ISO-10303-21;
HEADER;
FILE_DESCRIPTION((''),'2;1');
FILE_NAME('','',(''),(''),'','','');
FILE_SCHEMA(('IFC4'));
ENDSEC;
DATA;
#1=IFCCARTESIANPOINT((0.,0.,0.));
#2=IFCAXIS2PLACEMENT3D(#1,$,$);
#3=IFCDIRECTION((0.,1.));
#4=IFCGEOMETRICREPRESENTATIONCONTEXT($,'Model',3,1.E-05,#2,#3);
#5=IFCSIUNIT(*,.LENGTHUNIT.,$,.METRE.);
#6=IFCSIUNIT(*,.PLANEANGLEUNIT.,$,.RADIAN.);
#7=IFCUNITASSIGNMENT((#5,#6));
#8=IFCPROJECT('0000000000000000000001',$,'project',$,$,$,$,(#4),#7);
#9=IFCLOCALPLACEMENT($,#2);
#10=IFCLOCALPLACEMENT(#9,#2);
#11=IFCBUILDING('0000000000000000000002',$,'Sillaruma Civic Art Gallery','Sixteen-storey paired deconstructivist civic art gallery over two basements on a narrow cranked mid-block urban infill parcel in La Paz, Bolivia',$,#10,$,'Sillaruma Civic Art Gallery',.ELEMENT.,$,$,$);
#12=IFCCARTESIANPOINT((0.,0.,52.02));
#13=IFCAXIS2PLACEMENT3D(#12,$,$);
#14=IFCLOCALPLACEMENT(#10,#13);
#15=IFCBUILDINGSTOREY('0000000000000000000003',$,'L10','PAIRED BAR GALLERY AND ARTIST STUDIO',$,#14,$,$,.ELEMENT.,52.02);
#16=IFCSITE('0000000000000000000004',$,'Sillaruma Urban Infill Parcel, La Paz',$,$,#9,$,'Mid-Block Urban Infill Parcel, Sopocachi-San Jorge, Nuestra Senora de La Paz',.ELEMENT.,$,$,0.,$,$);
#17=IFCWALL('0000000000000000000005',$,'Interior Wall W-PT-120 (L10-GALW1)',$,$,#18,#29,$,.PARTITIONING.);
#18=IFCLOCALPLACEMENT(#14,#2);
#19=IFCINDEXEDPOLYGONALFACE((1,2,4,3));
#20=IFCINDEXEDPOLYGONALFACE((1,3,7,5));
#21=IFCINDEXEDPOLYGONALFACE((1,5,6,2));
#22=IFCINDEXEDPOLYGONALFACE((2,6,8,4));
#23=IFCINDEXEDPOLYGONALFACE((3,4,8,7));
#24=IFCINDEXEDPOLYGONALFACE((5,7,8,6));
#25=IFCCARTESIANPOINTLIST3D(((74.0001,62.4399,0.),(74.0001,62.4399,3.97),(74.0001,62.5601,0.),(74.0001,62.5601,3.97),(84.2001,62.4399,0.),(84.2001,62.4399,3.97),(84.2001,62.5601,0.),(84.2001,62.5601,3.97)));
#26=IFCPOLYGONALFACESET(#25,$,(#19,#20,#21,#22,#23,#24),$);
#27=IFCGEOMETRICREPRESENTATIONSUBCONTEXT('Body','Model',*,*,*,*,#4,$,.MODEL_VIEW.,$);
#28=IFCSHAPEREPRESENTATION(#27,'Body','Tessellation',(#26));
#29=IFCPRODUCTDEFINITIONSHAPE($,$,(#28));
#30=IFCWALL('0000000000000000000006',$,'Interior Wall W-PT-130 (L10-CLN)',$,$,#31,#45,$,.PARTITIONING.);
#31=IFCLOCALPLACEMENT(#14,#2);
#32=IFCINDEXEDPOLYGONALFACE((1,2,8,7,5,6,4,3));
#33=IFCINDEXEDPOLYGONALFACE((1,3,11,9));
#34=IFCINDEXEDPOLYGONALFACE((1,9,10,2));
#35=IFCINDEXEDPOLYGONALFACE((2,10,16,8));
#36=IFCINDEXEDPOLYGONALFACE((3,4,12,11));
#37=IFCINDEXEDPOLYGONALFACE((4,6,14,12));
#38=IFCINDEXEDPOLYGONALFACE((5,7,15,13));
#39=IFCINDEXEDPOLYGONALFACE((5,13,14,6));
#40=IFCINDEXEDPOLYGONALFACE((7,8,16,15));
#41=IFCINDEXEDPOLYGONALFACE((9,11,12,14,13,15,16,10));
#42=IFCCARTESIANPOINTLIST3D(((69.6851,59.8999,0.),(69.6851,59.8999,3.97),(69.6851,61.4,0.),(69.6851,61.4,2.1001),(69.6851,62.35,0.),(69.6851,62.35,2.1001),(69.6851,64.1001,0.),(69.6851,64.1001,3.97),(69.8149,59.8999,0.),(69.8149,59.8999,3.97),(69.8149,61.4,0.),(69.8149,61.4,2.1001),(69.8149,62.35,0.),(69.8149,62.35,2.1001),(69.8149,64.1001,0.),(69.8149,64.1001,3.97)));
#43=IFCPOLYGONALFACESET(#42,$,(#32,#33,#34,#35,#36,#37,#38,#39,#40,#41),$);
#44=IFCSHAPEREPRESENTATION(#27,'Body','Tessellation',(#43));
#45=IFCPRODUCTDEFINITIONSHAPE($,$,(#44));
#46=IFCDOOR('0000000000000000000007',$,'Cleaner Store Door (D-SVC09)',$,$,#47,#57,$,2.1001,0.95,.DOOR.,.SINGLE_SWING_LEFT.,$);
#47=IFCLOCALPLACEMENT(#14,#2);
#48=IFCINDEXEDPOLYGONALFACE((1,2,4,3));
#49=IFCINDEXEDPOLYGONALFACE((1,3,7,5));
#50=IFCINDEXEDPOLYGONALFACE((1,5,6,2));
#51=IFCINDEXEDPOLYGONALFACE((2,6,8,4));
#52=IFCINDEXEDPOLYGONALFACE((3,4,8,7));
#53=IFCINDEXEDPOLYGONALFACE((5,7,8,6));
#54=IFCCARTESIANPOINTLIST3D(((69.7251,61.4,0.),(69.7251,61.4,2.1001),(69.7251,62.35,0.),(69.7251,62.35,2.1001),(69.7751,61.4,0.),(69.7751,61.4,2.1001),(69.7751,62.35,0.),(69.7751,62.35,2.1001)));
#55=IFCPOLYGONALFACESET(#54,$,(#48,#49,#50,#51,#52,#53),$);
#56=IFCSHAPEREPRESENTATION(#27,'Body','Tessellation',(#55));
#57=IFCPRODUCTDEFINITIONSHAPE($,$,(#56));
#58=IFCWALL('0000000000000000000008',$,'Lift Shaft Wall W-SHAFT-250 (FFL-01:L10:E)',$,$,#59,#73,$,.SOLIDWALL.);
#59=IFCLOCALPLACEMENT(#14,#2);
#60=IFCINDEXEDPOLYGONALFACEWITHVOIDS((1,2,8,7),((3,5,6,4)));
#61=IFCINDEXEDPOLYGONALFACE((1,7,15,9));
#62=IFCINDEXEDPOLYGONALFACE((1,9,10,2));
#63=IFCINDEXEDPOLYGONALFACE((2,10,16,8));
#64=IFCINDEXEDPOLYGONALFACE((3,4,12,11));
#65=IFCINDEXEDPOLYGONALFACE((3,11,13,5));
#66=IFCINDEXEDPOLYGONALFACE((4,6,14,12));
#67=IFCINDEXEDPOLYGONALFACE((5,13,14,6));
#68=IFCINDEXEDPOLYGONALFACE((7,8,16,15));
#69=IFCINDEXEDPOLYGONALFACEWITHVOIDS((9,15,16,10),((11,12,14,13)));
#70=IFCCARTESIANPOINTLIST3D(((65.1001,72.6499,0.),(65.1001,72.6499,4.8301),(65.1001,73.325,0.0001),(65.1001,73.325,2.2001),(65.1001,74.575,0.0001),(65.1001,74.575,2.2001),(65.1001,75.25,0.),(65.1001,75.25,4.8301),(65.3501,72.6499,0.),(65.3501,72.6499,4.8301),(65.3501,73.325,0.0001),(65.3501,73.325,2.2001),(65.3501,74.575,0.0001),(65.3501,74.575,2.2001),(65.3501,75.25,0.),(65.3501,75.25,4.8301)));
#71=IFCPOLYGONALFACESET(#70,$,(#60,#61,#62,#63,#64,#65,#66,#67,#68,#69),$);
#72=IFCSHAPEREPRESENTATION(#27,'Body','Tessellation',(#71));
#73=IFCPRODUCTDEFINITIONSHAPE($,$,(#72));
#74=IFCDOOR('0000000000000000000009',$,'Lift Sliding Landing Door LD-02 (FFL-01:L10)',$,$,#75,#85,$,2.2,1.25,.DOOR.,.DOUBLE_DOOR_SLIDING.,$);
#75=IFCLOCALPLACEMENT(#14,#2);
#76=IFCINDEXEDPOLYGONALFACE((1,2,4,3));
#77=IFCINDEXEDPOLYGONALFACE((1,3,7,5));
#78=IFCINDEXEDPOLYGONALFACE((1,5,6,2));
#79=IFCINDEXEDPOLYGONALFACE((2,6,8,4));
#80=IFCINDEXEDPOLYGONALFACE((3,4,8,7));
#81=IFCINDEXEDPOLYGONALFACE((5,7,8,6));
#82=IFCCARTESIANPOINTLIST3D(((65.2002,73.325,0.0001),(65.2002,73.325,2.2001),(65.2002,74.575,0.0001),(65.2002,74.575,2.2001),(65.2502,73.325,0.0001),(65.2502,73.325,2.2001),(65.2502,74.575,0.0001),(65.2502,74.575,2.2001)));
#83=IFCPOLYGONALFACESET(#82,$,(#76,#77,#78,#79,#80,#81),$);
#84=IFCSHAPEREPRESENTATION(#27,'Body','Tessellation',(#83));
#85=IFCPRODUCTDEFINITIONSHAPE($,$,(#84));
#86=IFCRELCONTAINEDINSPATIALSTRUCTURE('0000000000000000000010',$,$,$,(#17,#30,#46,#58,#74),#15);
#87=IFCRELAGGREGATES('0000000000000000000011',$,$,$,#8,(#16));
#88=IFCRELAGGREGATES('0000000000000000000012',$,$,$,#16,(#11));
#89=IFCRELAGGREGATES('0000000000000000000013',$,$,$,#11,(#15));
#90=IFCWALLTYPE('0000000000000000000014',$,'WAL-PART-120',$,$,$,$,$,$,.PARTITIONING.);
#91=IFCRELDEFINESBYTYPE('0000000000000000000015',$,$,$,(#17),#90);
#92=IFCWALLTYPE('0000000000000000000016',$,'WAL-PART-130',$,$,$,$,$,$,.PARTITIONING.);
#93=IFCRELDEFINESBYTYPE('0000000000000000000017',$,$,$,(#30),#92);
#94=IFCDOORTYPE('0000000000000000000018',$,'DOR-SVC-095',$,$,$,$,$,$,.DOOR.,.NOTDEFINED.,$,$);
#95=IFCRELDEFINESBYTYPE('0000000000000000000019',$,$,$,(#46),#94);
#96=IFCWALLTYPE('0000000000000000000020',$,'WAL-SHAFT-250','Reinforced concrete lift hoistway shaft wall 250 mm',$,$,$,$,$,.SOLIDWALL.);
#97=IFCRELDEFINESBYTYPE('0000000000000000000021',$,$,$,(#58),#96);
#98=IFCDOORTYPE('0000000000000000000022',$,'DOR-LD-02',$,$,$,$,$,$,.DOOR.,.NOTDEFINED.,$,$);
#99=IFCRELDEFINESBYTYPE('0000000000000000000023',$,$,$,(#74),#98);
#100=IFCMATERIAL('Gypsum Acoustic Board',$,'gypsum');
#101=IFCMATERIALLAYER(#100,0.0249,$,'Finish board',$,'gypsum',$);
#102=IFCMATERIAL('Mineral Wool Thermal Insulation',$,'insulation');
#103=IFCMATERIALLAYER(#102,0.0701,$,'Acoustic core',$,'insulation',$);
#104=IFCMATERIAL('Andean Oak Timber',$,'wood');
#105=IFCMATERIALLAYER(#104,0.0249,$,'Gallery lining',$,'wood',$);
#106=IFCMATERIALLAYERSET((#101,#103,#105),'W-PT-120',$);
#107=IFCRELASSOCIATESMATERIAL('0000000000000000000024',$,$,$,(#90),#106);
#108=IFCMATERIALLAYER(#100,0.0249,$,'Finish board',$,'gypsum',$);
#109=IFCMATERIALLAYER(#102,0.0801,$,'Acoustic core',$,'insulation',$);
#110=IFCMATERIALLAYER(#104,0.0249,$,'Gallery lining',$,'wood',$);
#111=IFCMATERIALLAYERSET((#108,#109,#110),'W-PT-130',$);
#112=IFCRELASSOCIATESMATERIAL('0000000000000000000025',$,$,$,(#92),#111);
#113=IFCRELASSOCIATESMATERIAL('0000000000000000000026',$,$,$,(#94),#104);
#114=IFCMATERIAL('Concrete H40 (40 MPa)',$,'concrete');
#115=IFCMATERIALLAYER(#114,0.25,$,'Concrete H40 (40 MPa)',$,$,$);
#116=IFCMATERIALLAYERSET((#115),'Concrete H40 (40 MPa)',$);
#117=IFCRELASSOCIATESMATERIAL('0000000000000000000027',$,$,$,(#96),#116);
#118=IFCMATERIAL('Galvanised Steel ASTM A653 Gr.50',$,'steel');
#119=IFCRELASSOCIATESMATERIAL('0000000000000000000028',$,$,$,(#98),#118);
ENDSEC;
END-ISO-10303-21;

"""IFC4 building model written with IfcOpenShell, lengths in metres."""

from ifc_helpers import new_model, si_unit, direction, frame, frame_2d, origin, place, context, subcontext, project, spatial, rectangle, extrude, material, layer, layer_set, type_object, element, fill, save


model = new_model("IFC4")

# Units and contexts
model_context = context("Model", 3, precision=1e-05, world=origin(), true_north=direction((0.0, 1.0)))
body_context = subcontext(model_context, "Body", "Model", "MODEL_VIEW")
ifc_project = project(units=[si_unit("LENGTHUNIT", "METRE"), si_unit("PLANEANGLEUNIT", "RADIAN")], contexts=[model_context])

# Site, building, storey
site_placement = place(None, origin())
site = spatial("IfcSite", under=ifc_project, at=site_placement, Name="Sillaruma Urban Infill Parcel, La Paz", LongName="Mid-Block Urban Infill Parcel, Sopocachi-San Jorge, Nuestra Senora de La Paz", CompositionType="ELEMENT", RefElevation=0.0)
building_placement = place(site_placement, origin())
building = spatial("IfcBuilding", under=site, at=building_placement, Name="Sillaruma Civic Art Gallery", Description="Sixteen-storey paired deconstructivist civic art gallery over two basements on a narrow cranked mid-block urban infill parcel in La Paz, Bolivia", LongName="Sillaruma Civic Art Gallery", CompositionType="ELEMENT")
storey_placement = place(building_placement, frame((0.0, 0.0, 52.02)))
storey = spatial("IfcBuildingStorey", under=building, at=storey_placement, Name="L10", Description="PAIRED BAR GALLERY AND ARTIST STUDIO", CompositionType="ELEMENT", Elevation=52.02)

# Shared definitions
ifc_material_1 = material(Name="Concrete H40 (40 MPa)", Category="concrete")

# Shared definitions
ifc_material_2 = material(Name="Galvanised Steel ASTM A653 Gr.50", Category="steel")

# Wall
ifc_material_3 = material(Name="Gypsum Acoustic Board", Category="gypsum")
ifc_layer_1 = layer(ifc_material_3, 0.0249, Name="Finish board", Category="gypsum")
ifc_material_4 = material(Name="Mineral Wool Thermal Insulation", Category="insulation")
ifc_layer_2 = layer(ifc_material_4, 0.0701, Name="Acoustic core", Category="insulation")
ifc_material_5 = material(Name="Andean Oak Timber", Category="wood")
ifc_layer_3 = layer(ifc_material_5, 0.0249, Name="Gallery lining", Category="wood")
ifc_layer_set_1 = layer_set([ifc_layer_1, ifc_layer_2, ifc_layer_3], Name="W-PT-120")
wall_type_1 = type_object("IfcWallType", Name="WAL-PART-120", PredefinedType="PARTITIONING", material=ifc_layer_set_1)
wall_1_placement = place(storey_placement, frame((74.0, 62.5, 0.0), z_axis=(0.0, 0.0, 1.0), x_axis=(1.0, 0.0, 0.0)))
element("IfcWall", 1, at=wall_1_placement, inside=storey, type_object=wall_type_1, Name="Interior Wall W-PT-120 (L10-GALW1)", PredefinedType="PARTITIONING", context=body_context, shape_type="SweptSolid", body=[
    extrude(rectangle(XDim=10.2, YDim=0.1201, at=frame_2d((5.1001, 0.0))), origin(), (0.0, 0.0, 1.0), 3.97),
])

# Walls, openings, doors
ifc_layer_4 = layer(ifc_material_3, 0.0249, Name="Finish board", Category="gypsum")
ifc_layer_5 = layer(ifc_material_4, 0.0801, Name="Acoustic core", Category="insulation")
ifc_layer_6 = layer(ifc_material_5, 0.0249, Name="Gallery lining", Category="wood")
ifc_layer_set_2 = layer_set([ifc_layer_4, ifc_layer_5, ifc_layer_6], Name="W-PT-130")
wall_type_2 = type_object("IfcWallType", Name="WAL-PART-130", PredefinedType="PARTITIONING", material=ifc_layer_set_2)
wall_2_placement = place(storey_placement, frame((69.75, 59.8999, 0.0), z_axis=(0.0, 0.0, 1.0), x_axis=(0.0, 1.0, 0.0)))
wall_2 = element("IfcWall", 2, at=wall_2_placement, inside=storey, type_object=wall_type_2, Name="Interior Wall W-PT-130 (L10-CLN)", PredefinedType="PARTITIONING", context=body_context, shape_type="SweptSolid", body=[
    extrude(rectangle(XDim=4.2002, YDim=0.1299, at=frame_2d((2.1001, 0.0))), origin(), (0.0, 0.0, 1.0), 3.97),
])
opening_1_placement = place(wall_2_placement, frame((1.5, 0.0, 0.0)))
opening_1 = element("IfcOpeningElement", 3, at=opening_1_placement, cuts=wall_2, PredefinedType="OPENING", context=body_context, shape_type="SweptSolid", body=[
    extrude(rectangle(XDim=0.95, YDim=2.1001, at=frame_2d((0.4751, 1.05))), frame((0.0, 0.075, 0.0), z_axis=(0.0, -1.0, 0.0), x_axis=(1.0, 0.0, 0.0)), (0.0, 0.0, 1.0), 0.1499),
])
door_type_1 = type_object("IfcDoorType", Name="DOR-SVC-095", OperationType="NOTDEFINED", PredefinedType="DOOR", material=ifc_material_5)
door_1_placement = place(opening_1_placement, origin())
door_1 = element("IfcDoor", 4, at=door_1_placement, inside=storey, type_object=door_type_1, Name="Cleaner Store Door (D-SVC09)", OperationType="SINGLE_SWING_LEFT", OverallHeight=2.1001, OverallWidth=0.95, PredefinedType="DOOR", context=body_context, shape_type="SweptSolid", body=[
    extrude(rectangle(XDim=0.95, YDim=2.1001, at=frame_2d((0.4751, 1.05))), frame((0.0, 0.0249, 0.0), z_axis=(0.0, -1.0, 0.0), x_axis=(1.0, 0.0, 0.0)), (0.0, 0.0, 1.0), 0.05),
])
fill(opening_1, door_1)
ifc_layer_7 = layer(ifc_material_1, 0.25, Name="Concrete H40 (40 MPa)")
ifc_layer_set_3 = layer_set([ifc_layer_7], Name="Concrete H40 (40 MPa)")
wall_type_3 = type_object("IfcWallType", Name="WAL-SHAFT-250", Description="Reinforced concrete lift hoistway shaft wall 250 mm", PredefinedType="SOLIDWALL", material=ifc_layer_set_3)
wall_3_placement = place(storey_placement, frame((65.2251, 72.6499, 0.0), z_axis=(0.0, 0.0, 1.0), x_axis=(0.0, 1.0, 0.0)))
wall_3 = element("IfcWall", 5, at=wall_3_placement, inside=storey, type_object=wall_type_3, Name="Lift Shaft Wall W-SHAFT-250 (FFL-01:L10:E)", PredefinedType="SOLIDWALL", context=body_context, shape_type="SweptSolid", body=[
    extrude(rectangle(XDim=2.6001, YDim=0.25, at=frame_2d((1.3, 0.0))), origin(), (0.0, 0.0, 1.0), 4.8301),
])
opening_2_placement = place(wall_3_placement, frame((0.675, 0.0, 0.0)))
opening_2 = element("IfcOpeningElement", 6, at=opening_2_placement, cuts=wall_3, PredefinedType="OPENING", context=body_context, shape_type="SweptSolid", body=[
    extrude(rectangle(XDim=1.25, YDim=2.2, at=frame_2d((0.625, 1.1001))), frame((0.0, 0.135, 0.0), z_axis=(0.0, -1.0, 0.0), x_axis=(1.0, 0.0, 0.0)), (0.0, 0.0, 1.0), 0.27),
])
door_type_2 = type_object("IfcDoorType", Name="DOR-LD-02", OperationType="NOTDEFINED", PredefinedType="DOOR", material=ifc_material_2)
door_2_placement = place(opening_2_placement, origin())
door_2 = element("IfcDoor", 7, at=door_2_placement, inside=storey, type_object=door_type_2, Name="Lift Sliding Landing Door LD-02 (FFL-01:L10)", OperationType="DOUBLE_DOOR_SLIDING", OverallHeight=2.2, OverallWidth=1.25, PredefinedType="DOOR", context=body_context, shape_type="SweptSolid", body=[
    extrude(rectangle(XDim=1.25, YDim=2.2, at=frame_2d((0.625, 1.1001))), frame((0.0, 0.0249, 0.0), z_axis=(0.0, -1.0, 0.0), x_axis=(1.0, 0.0, 0.0)), (0.0, 0.0, 1.0), 0.05),
])
fill(opening_2, door_2)

save(model, "model.ifc")
